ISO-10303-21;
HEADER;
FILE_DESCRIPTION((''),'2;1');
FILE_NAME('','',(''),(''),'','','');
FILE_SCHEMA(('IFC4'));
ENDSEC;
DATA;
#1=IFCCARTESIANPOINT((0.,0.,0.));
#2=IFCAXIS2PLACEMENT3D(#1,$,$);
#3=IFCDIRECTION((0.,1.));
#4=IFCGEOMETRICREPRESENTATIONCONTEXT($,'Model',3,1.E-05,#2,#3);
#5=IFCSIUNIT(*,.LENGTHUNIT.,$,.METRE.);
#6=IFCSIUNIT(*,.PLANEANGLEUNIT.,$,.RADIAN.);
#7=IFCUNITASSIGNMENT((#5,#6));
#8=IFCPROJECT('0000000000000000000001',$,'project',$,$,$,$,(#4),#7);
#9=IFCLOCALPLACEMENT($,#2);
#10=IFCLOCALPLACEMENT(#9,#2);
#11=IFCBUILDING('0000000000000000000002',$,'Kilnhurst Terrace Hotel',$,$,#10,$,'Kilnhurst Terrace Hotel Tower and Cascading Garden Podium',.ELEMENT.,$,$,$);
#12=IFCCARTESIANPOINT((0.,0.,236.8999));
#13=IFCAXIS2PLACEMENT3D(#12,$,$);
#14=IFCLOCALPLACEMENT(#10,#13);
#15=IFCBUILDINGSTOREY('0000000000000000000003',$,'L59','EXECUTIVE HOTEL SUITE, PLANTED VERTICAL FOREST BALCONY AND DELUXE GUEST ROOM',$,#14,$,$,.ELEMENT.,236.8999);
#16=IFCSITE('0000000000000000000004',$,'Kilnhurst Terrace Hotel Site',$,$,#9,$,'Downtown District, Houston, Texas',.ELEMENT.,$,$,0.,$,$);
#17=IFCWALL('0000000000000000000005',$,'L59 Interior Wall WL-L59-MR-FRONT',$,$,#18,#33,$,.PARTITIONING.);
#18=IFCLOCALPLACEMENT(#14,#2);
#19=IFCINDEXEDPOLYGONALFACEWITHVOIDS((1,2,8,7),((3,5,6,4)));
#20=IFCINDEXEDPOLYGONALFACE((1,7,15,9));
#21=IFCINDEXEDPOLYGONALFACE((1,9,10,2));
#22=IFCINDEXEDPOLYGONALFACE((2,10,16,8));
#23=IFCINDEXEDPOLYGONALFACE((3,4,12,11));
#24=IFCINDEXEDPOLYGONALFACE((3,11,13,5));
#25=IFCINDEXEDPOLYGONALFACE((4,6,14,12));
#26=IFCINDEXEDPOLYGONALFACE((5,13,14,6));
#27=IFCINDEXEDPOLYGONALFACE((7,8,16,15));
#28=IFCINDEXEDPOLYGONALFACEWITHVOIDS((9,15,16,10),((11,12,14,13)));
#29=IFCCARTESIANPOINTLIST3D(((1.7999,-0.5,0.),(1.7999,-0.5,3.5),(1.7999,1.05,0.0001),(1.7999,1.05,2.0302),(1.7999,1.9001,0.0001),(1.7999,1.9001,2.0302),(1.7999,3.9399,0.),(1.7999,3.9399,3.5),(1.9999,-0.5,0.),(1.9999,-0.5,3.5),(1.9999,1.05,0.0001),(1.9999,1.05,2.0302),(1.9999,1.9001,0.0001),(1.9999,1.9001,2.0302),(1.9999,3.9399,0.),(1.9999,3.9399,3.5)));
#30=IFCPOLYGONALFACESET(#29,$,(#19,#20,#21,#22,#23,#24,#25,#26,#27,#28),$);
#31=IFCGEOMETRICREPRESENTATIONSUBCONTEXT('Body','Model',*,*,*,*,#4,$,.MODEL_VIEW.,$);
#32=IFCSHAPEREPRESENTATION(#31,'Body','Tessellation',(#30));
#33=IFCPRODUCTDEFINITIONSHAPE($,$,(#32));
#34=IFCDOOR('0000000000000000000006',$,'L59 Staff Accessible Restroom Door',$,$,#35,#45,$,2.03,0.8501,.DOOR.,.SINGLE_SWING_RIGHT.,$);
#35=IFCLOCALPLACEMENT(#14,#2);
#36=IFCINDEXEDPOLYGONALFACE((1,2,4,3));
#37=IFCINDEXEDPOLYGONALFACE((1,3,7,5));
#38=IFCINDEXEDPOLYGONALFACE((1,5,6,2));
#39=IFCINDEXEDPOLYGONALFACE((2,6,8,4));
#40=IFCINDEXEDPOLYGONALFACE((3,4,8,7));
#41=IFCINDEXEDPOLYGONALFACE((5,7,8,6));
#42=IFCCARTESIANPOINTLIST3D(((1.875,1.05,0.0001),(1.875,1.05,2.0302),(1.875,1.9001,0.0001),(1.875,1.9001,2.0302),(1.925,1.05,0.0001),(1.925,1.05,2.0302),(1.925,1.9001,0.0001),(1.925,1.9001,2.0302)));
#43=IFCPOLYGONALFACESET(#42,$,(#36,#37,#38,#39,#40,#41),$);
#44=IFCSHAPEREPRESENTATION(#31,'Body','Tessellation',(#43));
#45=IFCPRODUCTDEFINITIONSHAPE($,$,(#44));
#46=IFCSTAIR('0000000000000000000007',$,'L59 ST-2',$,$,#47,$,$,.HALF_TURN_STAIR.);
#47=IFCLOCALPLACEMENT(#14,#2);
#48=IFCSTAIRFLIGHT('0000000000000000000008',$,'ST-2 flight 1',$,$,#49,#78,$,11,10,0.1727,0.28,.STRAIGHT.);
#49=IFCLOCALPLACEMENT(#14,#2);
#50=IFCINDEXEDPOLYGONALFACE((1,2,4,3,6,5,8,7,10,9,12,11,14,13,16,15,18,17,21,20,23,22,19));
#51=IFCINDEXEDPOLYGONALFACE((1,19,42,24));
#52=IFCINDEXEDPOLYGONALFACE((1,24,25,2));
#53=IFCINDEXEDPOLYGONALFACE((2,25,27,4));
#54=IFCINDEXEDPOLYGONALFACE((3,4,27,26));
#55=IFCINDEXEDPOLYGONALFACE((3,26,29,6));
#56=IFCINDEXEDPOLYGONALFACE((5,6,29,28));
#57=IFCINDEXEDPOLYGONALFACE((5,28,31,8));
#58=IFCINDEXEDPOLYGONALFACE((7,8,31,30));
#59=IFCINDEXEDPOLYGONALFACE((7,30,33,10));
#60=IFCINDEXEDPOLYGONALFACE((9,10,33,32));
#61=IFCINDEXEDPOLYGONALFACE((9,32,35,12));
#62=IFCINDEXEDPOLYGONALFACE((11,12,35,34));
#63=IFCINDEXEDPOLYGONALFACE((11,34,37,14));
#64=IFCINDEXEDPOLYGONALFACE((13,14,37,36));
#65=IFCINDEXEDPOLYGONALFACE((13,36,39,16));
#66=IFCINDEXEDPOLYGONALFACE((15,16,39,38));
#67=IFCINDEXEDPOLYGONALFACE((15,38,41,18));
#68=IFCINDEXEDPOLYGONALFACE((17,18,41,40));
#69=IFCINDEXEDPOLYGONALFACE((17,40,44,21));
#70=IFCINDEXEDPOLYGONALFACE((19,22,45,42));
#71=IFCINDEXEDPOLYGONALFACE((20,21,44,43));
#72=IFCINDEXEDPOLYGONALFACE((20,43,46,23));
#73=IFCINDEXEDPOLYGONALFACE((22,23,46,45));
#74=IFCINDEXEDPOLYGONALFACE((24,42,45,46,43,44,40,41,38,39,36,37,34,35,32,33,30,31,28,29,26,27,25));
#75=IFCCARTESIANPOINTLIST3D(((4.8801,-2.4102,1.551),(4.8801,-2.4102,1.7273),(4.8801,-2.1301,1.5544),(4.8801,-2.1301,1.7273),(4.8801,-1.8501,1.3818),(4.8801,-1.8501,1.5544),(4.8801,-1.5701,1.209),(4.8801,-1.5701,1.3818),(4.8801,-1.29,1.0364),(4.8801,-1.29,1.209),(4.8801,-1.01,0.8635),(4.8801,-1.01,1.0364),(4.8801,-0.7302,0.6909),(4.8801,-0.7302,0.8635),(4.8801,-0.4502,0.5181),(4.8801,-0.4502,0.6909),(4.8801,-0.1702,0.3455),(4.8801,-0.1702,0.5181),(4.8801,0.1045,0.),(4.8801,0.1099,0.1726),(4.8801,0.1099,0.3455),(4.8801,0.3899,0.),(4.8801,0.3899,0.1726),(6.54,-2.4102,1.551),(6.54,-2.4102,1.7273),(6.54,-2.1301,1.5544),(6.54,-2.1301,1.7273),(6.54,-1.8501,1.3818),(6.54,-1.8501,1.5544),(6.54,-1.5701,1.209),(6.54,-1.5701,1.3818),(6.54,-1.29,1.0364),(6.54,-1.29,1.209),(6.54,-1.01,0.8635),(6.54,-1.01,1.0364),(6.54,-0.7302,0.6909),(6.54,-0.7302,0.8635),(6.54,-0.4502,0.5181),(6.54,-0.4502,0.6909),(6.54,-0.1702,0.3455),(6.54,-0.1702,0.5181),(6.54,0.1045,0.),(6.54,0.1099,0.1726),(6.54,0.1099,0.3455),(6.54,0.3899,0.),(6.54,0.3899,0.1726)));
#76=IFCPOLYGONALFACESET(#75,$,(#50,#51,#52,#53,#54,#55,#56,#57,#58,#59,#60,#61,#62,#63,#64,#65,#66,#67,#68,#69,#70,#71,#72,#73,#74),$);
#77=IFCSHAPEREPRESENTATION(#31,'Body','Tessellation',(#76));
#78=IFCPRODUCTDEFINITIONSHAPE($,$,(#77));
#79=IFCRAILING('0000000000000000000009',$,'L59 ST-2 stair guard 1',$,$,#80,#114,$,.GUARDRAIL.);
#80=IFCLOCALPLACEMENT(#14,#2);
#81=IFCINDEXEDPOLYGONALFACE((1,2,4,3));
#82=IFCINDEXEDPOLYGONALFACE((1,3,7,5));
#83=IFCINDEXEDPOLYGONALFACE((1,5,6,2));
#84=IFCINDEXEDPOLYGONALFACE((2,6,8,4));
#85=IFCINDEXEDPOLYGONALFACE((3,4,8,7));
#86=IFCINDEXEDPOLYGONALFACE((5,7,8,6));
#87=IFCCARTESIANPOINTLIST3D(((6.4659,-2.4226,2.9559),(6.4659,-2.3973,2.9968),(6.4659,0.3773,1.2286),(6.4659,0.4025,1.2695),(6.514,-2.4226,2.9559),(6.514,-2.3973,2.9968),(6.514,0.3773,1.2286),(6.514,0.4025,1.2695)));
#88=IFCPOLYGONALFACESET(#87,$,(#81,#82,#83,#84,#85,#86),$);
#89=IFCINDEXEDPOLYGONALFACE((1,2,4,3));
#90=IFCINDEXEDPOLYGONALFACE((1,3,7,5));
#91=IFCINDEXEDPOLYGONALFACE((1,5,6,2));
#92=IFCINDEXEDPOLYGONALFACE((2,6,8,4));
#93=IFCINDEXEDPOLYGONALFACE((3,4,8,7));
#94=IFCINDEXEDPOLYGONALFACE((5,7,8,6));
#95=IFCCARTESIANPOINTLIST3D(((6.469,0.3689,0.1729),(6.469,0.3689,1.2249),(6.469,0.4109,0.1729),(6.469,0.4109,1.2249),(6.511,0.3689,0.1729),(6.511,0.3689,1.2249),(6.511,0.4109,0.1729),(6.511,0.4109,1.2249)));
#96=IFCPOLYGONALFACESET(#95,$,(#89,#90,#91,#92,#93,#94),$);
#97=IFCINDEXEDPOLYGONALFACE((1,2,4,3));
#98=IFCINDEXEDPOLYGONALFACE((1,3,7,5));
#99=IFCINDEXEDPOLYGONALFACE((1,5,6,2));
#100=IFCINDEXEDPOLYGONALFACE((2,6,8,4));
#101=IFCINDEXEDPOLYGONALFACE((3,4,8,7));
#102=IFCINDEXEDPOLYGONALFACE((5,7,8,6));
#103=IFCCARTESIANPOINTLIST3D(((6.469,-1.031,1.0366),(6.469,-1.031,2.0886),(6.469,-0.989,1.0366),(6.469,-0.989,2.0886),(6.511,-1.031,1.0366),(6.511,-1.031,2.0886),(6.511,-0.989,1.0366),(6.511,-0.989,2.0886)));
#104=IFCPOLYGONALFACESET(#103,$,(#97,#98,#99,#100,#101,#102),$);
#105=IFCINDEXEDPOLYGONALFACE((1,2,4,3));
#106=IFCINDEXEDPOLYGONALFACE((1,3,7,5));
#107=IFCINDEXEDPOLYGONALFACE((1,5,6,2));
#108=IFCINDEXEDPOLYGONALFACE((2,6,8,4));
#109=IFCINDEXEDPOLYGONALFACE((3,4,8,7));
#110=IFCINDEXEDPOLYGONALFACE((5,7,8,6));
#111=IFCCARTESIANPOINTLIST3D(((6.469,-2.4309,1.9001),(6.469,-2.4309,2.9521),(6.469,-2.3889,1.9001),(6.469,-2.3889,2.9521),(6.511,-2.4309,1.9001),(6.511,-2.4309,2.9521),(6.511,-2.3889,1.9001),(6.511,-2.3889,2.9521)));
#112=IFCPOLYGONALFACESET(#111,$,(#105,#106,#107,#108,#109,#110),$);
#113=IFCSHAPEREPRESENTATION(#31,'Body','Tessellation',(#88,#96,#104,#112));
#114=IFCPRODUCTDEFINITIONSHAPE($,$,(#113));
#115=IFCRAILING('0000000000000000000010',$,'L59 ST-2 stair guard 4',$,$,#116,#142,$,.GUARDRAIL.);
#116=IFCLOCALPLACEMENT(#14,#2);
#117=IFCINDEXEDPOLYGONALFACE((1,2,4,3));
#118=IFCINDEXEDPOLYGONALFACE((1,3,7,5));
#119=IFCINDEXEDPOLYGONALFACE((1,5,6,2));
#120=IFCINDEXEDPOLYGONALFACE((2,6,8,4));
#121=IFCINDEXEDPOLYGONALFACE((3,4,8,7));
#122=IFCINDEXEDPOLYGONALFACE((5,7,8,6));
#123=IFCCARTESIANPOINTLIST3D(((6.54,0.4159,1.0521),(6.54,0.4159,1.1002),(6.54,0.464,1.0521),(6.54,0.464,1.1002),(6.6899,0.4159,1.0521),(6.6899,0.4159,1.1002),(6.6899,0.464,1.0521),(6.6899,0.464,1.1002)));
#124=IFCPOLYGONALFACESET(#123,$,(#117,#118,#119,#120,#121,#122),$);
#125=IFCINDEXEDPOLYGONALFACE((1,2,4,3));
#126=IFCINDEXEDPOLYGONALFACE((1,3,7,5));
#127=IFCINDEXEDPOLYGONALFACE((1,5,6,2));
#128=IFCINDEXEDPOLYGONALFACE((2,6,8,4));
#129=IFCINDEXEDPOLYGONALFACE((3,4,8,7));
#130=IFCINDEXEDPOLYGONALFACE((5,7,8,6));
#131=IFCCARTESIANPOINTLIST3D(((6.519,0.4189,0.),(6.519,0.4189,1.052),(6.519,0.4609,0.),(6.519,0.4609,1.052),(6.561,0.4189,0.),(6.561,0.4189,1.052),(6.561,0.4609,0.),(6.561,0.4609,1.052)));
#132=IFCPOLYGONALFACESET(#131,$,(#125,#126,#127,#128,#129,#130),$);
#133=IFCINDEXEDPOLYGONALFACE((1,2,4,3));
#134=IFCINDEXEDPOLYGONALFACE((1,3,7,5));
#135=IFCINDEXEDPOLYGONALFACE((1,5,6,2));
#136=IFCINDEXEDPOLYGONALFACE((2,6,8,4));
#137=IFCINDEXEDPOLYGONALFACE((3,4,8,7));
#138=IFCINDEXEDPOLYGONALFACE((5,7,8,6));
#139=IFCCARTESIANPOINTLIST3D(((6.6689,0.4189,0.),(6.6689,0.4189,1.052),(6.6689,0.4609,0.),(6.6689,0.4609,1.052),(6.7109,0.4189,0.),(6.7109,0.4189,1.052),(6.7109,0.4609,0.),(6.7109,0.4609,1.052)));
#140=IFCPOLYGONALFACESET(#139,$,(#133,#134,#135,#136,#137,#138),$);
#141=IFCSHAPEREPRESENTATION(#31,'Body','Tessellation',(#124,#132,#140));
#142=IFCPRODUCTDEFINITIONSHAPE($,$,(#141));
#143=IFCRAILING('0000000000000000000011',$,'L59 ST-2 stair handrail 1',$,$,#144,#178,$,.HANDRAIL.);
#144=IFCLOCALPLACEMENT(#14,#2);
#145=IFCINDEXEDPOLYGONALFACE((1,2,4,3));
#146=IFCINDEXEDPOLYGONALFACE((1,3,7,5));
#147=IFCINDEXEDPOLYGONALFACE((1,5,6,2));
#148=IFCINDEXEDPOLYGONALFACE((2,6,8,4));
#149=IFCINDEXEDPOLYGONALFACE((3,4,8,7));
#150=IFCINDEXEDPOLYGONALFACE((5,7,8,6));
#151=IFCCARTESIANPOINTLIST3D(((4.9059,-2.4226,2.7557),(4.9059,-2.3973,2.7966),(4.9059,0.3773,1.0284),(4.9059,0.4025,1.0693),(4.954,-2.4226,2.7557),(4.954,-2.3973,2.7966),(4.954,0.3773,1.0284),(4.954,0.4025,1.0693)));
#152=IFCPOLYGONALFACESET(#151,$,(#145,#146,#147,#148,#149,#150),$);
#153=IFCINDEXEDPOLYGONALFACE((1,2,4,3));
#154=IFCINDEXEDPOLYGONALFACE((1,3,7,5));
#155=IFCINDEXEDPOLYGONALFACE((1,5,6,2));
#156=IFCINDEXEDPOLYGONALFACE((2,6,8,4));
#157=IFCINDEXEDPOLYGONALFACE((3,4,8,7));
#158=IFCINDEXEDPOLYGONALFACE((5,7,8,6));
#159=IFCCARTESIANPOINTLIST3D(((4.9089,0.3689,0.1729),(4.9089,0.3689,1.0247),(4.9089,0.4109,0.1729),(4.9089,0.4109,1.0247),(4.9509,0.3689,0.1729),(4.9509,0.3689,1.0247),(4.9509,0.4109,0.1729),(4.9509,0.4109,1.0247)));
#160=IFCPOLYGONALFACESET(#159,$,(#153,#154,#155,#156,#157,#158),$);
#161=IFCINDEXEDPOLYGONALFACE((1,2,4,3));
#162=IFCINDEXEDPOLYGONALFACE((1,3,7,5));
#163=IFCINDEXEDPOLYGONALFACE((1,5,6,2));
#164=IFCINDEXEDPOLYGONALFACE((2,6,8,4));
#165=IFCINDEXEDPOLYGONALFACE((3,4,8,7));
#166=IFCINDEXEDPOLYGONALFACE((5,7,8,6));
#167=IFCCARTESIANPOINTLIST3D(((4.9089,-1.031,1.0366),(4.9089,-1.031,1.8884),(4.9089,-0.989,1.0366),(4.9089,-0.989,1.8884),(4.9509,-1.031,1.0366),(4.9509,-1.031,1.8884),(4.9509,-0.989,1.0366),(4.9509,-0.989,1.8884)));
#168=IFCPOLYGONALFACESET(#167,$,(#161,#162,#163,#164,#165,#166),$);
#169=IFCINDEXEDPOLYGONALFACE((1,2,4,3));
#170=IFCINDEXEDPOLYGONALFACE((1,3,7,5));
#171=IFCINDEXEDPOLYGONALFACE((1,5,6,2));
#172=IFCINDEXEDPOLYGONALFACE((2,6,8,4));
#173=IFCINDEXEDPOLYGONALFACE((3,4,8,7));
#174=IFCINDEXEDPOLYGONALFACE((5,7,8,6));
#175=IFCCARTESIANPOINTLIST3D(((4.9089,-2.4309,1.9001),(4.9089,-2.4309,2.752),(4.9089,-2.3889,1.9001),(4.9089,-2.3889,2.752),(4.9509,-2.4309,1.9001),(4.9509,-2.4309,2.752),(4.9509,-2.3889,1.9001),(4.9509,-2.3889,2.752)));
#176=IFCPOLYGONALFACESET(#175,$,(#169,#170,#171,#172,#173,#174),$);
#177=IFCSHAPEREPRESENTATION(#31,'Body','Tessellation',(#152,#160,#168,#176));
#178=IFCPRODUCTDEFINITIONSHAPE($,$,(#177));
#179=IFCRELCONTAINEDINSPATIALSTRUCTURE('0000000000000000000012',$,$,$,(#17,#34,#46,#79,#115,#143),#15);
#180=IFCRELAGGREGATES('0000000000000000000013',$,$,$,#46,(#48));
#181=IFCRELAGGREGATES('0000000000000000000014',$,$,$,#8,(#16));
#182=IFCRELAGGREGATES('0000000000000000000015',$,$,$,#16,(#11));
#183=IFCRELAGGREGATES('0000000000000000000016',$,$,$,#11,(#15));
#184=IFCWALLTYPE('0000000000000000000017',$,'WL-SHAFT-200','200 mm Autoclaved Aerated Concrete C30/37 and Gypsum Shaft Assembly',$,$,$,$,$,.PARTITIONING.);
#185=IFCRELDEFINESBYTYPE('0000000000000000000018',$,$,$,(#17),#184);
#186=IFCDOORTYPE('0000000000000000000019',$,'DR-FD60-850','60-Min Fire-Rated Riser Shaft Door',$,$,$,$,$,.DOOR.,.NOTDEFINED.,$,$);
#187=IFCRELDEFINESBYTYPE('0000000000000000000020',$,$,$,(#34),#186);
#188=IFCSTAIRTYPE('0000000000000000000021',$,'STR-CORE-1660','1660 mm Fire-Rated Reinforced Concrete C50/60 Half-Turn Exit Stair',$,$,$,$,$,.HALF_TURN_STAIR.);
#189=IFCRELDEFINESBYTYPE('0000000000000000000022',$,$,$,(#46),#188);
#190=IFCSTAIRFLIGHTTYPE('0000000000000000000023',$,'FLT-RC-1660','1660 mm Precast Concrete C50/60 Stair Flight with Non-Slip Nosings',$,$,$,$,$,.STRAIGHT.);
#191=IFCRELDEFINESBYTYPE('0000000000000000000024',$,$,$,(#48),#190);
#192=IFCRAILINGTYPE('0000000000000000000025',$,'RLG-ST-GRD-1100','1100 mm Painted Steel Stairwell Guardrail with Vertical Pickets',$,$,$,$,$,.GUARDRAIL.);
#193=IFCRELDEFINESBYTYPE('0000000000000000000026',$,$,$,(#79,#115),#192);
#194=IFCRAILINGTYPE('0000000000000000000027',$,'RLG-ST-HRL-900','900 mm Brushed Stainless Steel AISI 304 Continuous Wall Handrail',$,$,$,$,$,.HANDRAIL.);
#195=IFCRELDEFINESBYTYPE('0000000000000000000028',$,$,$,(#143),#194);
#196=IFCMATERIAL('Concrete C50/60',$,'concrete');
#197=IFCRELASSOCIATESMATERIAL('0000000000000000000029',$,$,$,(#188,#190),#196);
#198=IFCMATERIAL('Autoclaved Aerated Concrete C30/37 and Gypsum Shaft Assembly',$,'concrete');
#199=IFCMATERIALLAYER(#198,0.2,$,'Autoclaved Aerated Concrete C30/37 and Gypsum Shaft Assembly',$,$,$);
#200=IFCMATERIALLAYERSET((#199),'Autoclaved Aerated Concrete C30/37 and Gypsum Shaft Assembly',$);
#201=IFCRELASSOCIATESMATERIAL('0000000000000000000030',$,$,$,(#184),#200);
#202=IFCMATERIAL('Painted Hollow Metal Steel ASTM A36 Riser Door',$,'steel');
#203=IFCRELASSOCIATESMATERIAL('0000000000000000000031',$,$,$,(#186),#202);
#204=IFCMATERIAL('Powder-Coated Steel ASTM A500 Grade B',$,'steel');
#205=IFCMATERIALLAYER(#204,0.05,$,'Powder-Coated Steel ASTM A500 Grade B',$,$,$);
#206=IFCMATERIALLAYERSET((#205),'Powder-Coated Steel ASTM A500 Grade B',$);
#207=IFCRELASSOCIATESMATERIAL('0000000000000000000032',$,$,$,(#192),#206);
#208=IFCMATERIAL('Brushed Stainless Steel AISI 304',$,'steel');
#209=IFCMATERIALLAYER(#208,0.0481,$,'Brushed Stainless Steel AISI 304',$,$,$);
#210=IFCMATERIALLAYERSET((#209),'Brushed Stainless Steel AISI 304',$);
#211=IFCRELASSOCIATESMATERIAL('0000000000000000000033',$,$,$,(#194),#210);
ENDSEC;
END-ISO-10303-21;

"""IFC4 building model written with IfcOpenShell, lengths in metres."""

from ifc_helpers import new_model, si_unit, direction, frame, frame_2d, origin, origin_2d, place, context, subcontext, project, spatial, polyline, rectangle, outline, extrude, material, layer, layer_set, type_object, element, fill, aggregate, save


model = new_model("IFC4")

# Units and contexts
model_context = context("Model", 3, precision=1e-05, world=origin(), true_north=direction((0.0, 1.0)))
body_context = subcontext(model_context, "Body", "Model", "MODEL_VIEW")
ifc_project = project(units=[si_unit("LENGTHUNIT", "METRE"), si_unit("PLANEANGLEUNIT", "RADIAN")], contexts=[model_context])

# Site, building, storey
site_placement = place(None, origin())
site = spatial("IfcSite", under=ifc_project, at=site_placement, Name="Kilnhurst Terrace Hotel Site", LongName="Downtown District, Houston, Texas", CompositionType="ELEMENT", RefElevation=0.0)
building_placement = place(site_placement, origin())
building = spatial("IfcBuilding", under=site, at=building_placement, Name="Kilnhurst Terrace Hotel", LongName="Kilnhurst Terrace Hotel Tower and Cascading Garden Podium", CompositionType="ELEMENT")
storey_placement = place(building_placement, frame((0.0, 0.0, 236.8999)))
storey = spatial("IfcBuildingStorey", under=building, at=storey_placement, Name="L59", Description="EXECUTIVE HOTEL SUITE, PLANTED VERTICAL FOREST BALCONY AND DELUXE GUEST ROOM", CompositionType="ELEMENT", Elevation=236.8999)

# Shared definitions
ifc_material_1 = material(Name="Concrete C50/60", Category="concrete")
stair_type = type_object("IfcStairType", Name="STR-CORE-1660", Description="1660 mm Fire-Rated Reinforced Concrete C50/60 Half-Turn Exit Stair", PredefinedType="HALF_TURN_STAIR", material=ifc_material_1)

# Shared definitions
ifc_material_2 = material(Name="Autoclaved Aerated Concrete C30/37 and Gypsum Shaft Assembly", Category="concrete")
ifc_layer_1 = layer(ifc_material_2, 0.2, Name="Autoclaved Aerated Concrete C30/37 and Gypsum Shaft Assembly")
ifc_layer_set_1 = layer_set([ifc_layer_1], Name="Autoclaved Aerated Concrete C30/37 and Gypsum Shaft Assembly")
wall_type_1 = type_object("IfcWallType", Name="WL-SHAFT-200", Description="200 mm Autoclaved Aerated Concrete C30/37 and Gypsum Shaft Assembly", PredefinedType="PARTITIONING", material=ifc_layer_set_1)
ifc_material_3 = material(Name="Painted Hollow Metal Steel ASTM A36 Riser Door", Category="steel")
door_type_1 = type_object("IfcDoorType", Name="DR-FD60-850", Description="60-Min Fire-Rated Riser Shaft Door", OperationType="NOTDEFINED", PredefinedType="DOOR", material=ifc_material_3)

# Wall, opening, door
wall_1_placement = place(storey_placement, frame((1.8999, -0.5, 0.0), z_axis=(0.0, 0.0, 1.0), x_axis=(0.0, 1.0, 0.0)))
wall_1 = element("IfcWall", 1, at=wall_1_placement, inside=storey, type_object=wall_type_1, Name="L59 Interior Wall WL-L59-MR-FRONT", PredefinedType="PARTITIONING", context=body_context, shape_type="SweptSolid", body=[
    extrude(rectangle(XDim=4.4399, YDim=0.2, at=frame_2d((2.22, 0.0))), origin(), (0.0, 0.0, 1.0), 3.5),
])
opening_1_placement = place(wall_1_placement, frame((1.55, 0.0, 0.0)))
opening_1 = element("IfcOpeningElement", 2, at=opening_1_placement, cuts=wall_1, PredefinedType="OPENING", context=body_context, shape_type="SweptSolid", body=[
    extrude(rectangle(XDim=0.8501, YDim=2.03, at=frame_2d((0.425, 1.0151))), frame((0.0, 0.1099, 0.0), z_axis=(0.0, -1.0, 0.0), x_axis=(1.0, 0.0, 0.0)), (0.0, 0.0, 1.0), 0.22),
])
door_1_placement = place(opening_1_placement, origin())
door_1 = element("IfcDoor", 3, at=door_1_placement, inside=storey, type_object=door_type_1, Name="L59 Staff Accessible Restroom Door", OperationType="SINGLE_SWING_RIGHT", OverallHeight=2.03, OverallWidth=0.8501, PredefinedType="DOOR", context=body_context, shape_type="SweptSolid", body=[
    extrude(rectangle(XDim=0.8501, YDim=2.03, at=frame_2d((0.425, 1.0151))), frame((0.0, 0.0249, 0.0), z_axis=(0.0, -1.0, 0.0), x_axis=(1.0, 0.0, 0.0)), (0.0, 0.0, 1.0), 0.05),
])
fill(opening_1, door_1)

# Stair, stair flight
stair_1_placement = place(storey_placement, origin())
stair_1 = element("IfcStair", 4, at=stair_1_placement, inside=storey, type_object=stair_type, Name="L59 ST-2", PredefinedType="HALF_TURN_STAIR")
stair_flight_type = type_object("IfcStairFlightType", Name="FLT-RC-1660", Description="1660 mm Precast Concrete C50/60 Stair Flight with Non-Slip Nosings", PredefinedType="STRAIGHT", material=ifc_material_1)
stair_flight_placement = place(storey_placement, frame((5.71, 0.3899, 0.0), z_axis=(0.0, 0.0, 1.0), x_axis=(0.0, -1.0, 0.0)))
stair_flight = element("IfcStairFlight", 5, at=stair_flight_placement, type_object=stair_flight_type, Name="ST-2 flight 1", NumberOfRisers=11, NumberOfTreads=10, PredefinedType="STRAIGHT", RiserHeight=0.1727, TreadLength=0.28, context=body_context, shape_type="SweptSolid", body=[
    extrude(outline(polyline([(0.0, 0.0), (0.0, 0.1726), (0.28, 0.1726), (0.28, 0.3455), (0.5601, 0.3455), (0.5601, 0.5181), (0.8401, 0.5181), (0.8401, 0.6909), (1.1201, 0.6909), (1.1201, 0.8635), (1.3999, 0.8635), (1.3999, 1.0364), (1.6799, 1.0364), (1.6799, 1.209), (1.96, 1.209), (1.96, 1.3818), (2.24, 1.3818), (2.24, 1.5544), (2.52, 1.5544), (2.52, 1.7273), (2.8, 1.7273), (2.8, 1.8999), (2.8, 1.551), (0.2854, 0.0), (0.0, 0.0)])), frame((0.0, 0.8301, 0.0), z_axis=(0.0, -1.0, 0.0), x_axis=(1.0, 0.0, 0.0)), (0.0, 0.0, 1.0), 1.6599),
])
aggregate(stair_1, [stair_flight])

# Railings
ifc_material_4 = material(Name="Powder-Coated Steel ASTM A500 Grade B", Category="steel")
ifc_layer_2 = layer(ifc_material_4, 0.05, Name="Powder-Coated Steel ASTM A500 Grade B")
ifc_layer_set_2 = layer_set([ifc_layer_2], Name="Powder-Coated Steel ASTM A500 Grade B")
railing_type_1 = type_object("IfcRailingType", Name="RLG-ST-GRD-1100", Description="1100 mm Painted Steel Stairwell Guardrail with Vertical Pickets", PredefinedType="GUARDRAIL", material=ifc_layer_set_2)
railing_1_placement = place(storey_placement, frame((6.49, 0.3899, 0.1729)))
element("IfcRailing", 6, at=railing_1_placement, inside=storey, type_object=railing_type_1, Name="L59 ST-2 stair guard 1", PredefinedType="GUARDRAIL", context=body_context, shape_type="SweptSolid", body=[
    extrude(rectangle(XDim=0.0481, YDim=0.0481, at=origin_2d()), frame((0.0, 0.0, 1.0762), z_axis=(0.0, -0.851069, 0.525054), x_axis=(1.0, 0.0, 0.0)), (0.0, 0.0, 1.0), 3.2898),
    extrude(rectangle(XDim=0.042, YDim=0.042, at=origin_2d()), origin(), (0.0, 0.0, 1.0), 1.052),
    extrude(rectangle(XDim=0.042, YDim=0.042, at=origin_2d()), frame((0.0, -1.3999, 0.8638)), (0.0, 0.0, 1.0), 1.052),
    extrude(rectangle(XDim=0.042, YDim=0.042, at=origin_2d()), frame((0.0, -2.7998, 1.7273)), (0.0, 0.0, 1.0), 1.052),
])
railing_2_placement = place(storey_placement, frame((6.54, 0.4399, 0.0)))
element("IfcRailing", 7, at=railing_2_placement, inside=storey, type_object=railing_type_1, Name="L59 ST-2 stair guard 4", PredefinedType="GUARDRAIL", context=body_context, shape_type="SweptSolid", body=[
    extrude(rectangle(XDim=0.0481, YDim=0.0481, at=origin_2d()), frame((0.0, 0.0, 1.0762), z_axis=(1.0, 0.0, 0.0), x_axis=(0.0, 1.0, 0.0)), (0.0, 0.0, 1.0), 0.1499),
    extrude(rectangle(XDim=0.042, YDim=0.042, at=origin_2d()), origin(), (0.0, 0.0, 1.0), 1.052),
    extrude(rectangle(XDim=0.042, YDim=0.042, at=origin_2d()), frame((0.1499, 0.0, 0.0)), (0.0, 0.0, 1.0), 1.052),
])
ifc_material_5 = material(Name="Brushed Stainless Steel AISI 304", Category="steel")
ifc_layer_3 = layer(ifc_material_5, 0.0481, Name="Brushed Stainless Steel AISI 304")
ifc_layer_set_3 = layer_set([ifc_layer_3], Name="Brushed Stainless Steel AISI 304")
railing_type_2 = type_object("IfcRailingType", Name="RLG-ST-HRL-900", Description="900 mm Brushed Stainless Steel AISI 304 Continuous Wall Handrail", PredefinedType="HANDRAIL", material=ifc_layer_set_3)
railing_3_placement = place(storey_placement, frame((4.9299, 0.3899, 0.1729)))
element("IfcRailing", 8, at=railing_3_placement, inside=storey, type_object=railing_type_2, Name="L59 ST-2 stair handrail 1", PredefinedType="HANDRAIL", context=body_context, shape_type="SweptSolid", body=[
    extrude(rectangle(XDim=0.0481, YDim=0.0481, at=origin_2d()), frame((0.0, 0.0, 0.876), z_axis=(0.0, -0.851069, 0.525054), x_axis=(1.0, 0.0, 0.0)), (0.0, 0.0, 1.0), 3.2898),
    extrude(rectangle(XDim=0.042, YDim=0.042, at=origin_2d()), origin(), (0.0, 0.0, 1.0), 0.8518),
    extrude(rectangle(XDim=0.042, YDim=0.042, at=origin_2d()), frame((0.0, -1.3999, 0.8638)), (0.0, 0.0, 1.0), 0.8518),
    extrude(rectangle(XDim=0.042, YDim=0.042, at=origin_2d()), frame((0.0, -2.7998, 1.7273)), (0.0, 0.0, 1.0), 0.8518),
])

save(model, "model.ifc")
